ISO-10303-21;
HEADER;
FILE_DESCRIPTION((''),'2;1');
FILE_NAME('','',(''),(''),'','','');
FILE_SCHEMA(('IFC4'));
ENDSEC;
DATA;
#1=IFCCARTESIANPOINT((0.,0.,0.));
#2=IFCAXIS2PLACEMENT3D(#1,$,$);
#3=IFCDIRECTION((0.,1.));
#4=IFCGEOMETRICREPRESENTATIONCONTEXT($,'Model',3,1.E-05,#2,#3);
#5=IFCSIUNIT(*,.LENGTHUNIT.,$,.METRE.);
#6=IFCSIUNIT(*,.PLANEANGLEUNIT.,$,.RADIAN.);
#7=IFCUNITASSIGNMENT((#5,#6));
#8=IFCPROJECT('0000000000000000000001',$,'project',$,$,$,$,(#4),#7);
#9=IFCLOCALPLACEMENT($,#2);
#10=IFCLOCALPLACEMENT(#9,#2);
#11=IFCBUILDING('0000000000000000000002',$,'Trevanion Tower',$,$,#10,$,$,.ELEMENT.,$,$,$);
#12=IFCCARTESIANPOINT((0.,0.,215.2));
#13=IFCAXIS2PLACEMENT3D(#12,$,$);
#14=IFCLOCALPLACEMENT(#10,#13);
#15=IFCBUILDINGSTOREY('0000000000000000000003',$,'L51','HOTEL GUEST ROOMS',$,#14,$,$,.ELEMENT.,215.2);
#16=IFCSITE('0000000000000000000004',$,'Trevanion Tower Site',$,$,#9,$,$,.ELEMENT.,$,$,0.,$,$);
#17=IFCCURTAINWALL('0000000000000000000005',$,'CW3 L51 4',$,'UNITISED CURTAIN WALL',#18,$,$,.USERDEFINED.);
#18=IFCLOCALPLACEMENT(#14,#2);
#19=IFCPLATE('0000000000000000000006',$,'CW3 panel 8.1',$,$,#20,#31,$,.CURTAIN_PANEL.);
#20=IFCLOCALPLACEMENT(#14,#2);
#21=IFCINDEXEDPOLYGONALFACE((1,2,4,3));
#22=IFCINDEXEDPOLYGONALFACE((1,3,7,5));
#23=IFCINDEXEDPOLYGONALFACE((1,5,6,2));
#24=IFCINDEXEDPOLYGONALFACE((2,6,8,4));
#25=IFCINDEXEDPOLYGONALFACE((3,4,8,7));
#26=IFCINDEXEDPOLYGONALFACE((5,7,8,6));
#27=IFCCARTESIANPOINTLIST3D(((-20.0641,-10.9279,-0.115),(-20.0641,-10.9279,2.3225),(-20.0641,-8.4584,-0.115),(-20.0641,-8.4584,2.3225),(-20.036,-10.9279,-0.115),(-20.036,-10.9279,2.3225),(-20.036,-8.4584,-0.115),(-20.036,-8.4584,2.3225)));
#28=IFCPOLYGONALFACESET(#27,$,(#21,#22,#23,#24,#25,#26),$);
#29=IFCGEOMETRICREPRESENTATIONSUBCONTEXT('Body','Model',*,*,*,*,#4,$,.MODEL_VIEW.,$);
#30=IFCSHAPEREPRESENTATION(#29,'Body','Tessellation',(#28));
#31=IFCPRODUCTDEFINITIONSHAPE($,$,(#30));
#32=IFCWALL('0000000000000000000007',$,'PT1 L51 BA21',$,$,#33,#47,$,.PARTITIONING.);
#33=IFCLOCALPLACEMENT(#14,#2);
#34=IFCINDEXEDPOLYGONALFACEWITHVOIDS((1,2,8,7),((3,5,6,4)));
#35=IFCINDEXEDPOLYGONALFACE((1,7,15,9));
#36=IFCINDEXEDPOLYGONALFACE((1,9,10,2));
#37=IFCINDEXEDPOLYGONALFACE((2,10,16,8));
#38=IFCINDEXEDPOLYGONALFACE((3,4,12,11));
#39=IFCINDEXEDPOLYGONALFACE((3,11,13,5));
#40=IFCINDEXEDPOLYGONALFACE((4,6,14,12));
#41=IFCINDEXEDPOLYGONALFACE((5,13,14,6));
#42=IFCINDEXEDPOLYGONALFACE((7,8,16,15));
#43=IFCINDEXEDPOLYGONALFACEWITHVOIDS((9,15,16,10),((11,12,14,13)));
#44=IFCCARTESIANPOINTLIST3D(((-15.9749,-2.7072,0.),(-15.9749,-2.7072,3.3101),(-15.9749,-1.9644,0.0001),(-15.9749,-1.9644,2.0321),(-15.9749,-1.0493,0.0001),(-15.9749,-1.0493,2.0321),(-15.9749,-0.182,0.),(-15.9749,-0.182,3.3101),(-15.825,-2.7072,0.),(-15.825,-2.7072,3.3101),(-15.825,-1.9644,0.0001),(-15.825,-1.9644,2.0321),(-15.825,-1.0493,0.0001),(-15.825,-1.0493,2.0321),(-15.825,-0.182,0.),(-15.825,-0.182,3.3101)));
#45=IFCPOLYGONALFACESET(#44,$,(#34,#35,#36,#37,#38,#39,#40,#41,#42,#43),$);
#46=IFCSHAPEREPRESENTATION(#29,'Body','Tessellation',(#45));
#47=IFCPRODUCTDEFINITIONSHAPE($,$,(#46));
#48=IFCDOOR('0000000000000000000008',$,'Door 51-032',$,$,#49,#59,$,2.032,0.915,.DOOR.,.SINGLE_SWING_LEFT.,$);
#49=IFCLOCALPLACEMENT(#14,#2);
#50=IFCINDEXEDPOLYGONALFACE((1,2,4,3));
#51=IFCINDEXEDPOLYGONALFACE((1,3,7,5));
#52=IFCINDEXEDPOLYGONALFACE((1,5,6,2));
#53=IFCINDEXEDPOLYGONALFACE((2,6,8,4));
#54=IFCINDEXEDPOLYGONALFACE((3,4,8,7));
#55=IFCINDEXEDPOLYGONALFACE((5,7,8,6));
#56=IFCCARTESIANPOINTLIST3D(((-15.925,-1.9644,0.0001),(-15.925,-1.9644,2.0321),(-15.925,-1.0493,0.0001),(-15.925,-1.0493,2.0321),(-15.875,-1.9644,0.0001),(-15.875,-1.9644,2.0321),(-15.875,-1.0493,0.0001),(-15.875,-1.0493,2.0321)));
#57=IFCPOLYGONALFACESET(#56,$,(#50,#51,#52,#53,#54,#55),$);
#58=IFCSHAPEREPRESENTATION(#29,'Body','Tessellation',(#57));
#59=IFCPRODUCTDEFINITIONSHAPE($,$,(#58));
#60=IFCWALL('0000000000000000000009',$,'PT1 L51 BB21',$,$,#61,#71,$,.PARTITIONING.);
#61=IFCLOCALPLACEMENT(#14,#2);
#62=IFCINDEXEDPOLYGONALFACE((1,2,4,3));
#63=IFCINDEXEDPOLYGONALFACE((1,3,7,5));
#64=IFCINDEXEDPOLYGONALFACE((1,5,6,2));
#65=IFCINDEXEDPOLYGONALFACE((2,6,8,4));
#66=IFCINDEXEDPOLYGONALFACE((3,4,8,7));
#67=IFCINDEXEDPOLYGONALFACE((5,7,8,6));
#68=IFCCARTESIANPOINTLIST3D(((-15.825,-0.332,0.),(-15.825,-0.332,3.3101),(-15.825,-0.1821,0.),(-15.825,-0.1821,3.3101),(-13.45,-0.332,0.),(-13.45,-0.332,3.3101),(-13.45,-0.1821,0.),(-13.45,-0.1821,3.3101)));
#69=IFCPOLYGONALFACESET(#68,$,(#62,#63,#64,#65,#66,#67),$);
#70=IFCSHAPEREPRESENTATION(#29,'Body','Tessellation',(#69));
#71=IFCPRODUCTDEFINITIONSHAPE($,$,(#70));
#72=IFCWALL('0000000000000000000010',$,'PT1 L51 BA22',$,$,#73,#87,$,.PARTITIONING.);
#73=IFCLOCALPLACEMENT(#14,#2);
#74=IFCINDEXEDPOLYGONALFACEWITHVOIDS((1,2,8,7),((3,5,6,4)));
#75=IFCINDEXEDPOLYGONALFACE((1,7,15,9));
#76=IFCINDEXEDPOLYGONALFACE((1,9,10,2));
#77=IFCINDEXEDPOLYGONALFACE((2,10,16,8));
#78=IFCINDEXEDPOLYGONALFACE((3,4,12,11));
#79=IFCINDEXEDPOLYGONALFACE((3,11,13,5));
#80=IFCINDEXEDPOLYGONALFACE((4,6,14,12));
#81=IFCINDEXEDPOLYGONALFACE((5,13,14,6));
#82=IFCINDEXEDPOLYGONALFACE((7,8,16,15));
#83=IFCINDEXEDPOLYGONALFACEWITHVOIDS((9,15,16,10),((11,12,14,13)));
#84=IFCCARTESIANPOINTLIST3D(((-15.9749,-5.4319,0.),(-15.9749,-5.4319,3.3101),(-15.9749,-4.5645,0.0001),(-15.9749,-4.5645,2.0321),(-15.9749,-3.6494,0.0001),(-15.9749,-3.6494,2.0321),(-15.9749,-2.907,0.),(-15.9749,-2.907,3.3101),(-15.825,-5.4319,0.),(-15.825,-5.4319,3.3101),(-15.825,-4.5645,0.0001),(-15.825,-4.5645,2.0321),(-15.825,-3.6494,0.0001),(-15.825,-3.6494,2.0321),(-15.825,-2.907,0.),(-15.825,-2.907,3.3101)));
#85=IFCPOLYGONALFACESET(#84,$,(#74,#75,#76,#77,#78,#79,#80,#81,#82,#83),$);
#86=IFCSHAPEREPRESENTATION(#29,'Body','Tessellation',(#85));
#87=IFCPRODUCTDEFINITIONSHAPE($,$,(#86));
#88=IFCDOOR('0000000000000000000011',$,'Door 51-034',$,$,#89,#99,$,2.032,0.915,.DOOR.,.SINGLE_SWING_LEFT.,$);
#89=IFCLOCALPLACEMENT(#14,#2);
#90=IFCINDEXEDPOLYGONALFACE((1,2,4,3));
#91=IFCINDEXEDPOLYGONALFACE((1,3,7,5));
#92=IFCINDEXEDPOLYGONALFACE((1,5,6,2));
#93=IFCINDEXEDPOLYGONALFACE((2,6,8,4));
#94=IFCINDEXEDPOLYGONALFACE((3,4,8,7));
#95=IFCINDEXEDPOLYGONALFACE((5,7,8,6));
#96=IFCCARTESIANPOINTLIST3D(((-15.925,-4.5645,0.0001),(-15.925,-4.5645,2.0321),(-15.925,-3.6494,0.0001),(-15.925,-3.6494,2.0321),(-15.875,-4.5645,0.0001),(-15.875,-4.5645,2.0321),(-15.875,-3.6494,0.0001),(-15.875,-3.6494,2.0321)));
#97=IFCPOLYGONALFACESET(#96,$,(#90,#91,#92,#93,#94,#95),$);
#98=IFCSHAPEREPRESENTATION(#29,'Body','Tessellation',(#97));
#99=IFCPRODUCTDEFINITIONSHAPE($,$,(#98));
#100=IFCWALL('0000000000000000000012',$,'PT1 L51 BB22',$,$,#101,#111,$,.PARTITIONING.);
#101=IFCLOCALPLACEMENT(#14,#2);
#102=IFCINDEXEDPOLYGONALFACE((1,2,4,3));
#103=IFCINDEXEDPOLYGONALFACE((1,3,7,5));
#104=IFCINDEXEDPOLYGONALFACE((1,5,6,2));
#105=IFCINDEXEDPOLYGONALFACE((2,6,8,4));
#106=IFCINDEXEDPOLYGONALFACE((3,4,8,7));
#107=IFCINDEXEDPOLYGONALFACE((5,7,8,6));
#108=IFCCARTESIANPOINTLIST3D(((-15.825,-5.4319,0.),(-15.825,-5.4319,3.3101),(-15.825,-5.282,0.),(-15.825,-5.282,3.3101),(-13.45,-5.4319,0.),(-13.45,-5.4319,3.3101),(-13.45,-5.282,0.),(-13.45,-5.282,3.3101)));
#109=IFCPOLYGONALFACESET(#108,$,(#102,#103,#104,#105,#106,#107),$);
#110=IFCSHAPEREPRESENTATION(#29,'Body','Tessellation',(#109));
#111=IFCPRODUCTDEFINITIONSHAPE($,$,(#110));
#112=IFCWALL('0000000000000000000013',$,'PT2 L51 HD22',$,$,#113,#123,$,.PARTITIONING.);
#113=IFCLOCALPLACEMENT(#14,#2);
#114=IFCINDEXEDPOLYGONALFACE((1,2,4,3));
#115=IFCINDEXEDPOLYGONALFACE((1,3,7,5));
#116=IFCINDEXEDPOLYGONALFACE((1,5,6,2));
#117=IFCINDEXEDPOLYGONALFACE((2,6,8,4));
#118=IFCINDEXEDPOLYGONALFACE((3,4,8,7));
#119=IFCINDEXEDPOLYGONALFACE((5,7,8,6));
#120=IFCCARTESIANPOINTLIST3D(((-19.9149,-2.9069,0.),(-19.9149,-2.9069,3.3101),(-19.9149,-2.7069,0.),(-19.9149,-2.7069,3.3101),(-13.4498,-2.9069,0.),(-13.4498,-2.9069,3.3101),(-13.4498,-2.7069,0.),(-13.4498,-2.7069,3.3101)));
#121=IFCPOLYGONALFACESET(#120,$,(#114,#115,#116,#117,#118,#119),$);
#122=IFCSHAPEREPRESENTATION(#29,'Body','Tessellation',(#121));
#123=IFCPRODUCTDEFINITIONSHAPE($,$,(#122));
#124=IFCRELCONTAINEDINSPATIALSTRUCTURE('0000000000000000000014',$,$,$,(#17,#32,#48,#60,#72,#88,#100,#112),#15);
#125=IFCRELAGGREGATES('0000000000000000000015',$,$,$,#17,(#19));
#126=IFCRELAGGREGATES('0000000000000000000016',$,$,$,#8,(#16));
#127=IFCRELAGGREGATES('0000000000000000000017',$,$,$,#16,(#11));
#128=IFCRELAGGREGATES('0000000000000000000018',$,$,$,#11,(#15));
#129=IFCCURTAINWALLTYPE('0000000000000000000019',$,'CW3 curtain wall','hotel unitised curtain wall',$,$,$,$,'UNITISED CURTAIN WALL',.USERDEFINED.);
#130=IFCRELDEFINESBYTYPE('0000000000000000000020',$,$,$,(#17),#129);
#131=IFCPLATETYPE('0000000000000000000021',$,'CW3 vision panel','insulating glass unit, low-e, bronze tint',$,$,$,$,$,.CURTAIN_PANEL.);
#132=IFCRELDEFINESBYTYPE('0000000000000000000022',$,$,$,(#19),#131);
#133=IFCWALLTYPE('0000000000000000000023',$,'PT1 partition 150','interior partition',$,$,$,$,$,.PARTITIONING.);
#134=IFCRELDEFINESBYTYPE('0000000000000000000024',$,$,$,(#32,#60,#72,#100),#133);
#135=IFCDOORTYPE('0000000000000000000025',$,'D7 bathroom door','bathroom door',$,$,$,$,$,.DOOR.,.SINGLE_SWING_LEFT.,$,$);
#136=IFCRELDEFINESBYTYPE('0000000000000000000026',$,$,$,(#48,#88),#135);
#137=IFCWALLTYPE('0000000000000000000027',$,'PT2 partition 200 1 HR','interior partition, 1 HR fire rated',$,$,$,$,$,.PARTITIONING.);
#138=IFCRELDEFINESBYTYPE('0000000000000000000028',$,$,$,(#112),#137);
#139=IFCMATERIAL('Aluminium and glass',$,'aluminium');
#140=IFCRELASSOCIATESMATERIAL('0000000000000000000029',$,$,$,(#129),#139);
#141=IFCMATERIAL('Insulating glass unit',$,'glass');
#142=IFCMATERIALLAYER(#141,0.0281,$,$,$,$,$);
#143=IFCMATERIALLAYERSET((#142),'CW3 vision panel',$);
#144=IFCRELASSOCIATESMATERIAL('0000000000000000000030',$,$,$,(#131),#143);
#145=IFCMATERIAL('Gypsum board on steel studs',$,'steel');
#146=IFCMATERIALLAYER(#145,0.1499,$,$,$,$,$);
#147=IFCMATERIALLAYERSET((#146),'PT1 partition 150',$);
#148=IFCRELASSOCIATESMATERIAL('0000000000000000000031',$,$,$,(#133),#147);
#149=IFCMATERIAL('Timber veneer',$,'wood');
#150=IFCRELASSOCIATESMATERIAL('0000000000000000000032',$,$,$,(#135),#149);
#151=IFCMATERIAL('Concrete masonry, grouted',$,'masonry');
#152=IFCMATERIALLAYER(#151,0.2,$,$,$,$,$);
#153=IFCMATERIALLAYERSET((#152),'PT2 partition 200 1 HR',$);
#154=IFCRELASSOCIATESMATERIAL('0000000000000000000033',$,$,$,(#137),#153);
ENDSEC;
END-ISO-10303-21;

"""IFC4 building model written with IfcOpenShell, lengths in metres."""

from ifc_helpers import new_model, si_unit, direction, frame, frame_2d, origin, origin_2d, place, context, subcontext, project, spatial, rectangle, extrude, material, layer, layer_set, type_object, element, fill, aggregate, save


model = new_model("IFC4")

# Units and contexts
model_context = context("Model", 3, precision=1e-05, world=origin(), true_north=direction((0.0, 1.0)))
body_context = subcontext(model_context, "Body", "Model", "MODEL_VIEW")
ifc_project = project(units=[si_unit("LENGTHUNIT", "METRE"), si_unit("PLANEANGLEUNIT", "RADIAN")], contexts=[model_context])

# Site, building, storey
site_placement = place(None, origin())
site = spatial("IfcSite", under=ifc_project, at=site_placement, Name="Trevanion Tower Site", CompositionType="ELEMENT", RefElevation=0.0)
building_placement = place(site_placement, origin())
building = spatial("IfcBuilding", under=site, at=building_placement, Name="Trevanion Tower", CompositionType="ELEMENT")
storey_placement = place(building_placement, frame((0.0, 0.0, 215.2)))
storey = spatial("IfcBuildingStorey", under=building, at=storey_placement, Name="L51", Description="HOTEL GUEST ROOMS", CompositionType="ELEMENT", Elevation=215.2)

# Curtain wall
ifc_material_1 = material(Name="Aluminium and glass", Category="aluminium")
curtain_wall_type = type_object("IfcCurtainWallType", Name="CW3 curtain wall", Description="hotel unitised curtain wall", ElementType="UNITISED CURTAIN WALL", PredefinedType="USERDEFINED", material=ifc_material_1)
curtain_wall_placement = place(storey_placement, origin())
curtain_wall = element("IfcCurtainWall", 1, at=curtain_wall_placement, inside=storey, type_object=curtain_wall_type, Name="CW3 L51 4", ObjectType="UNITISED CURTAIN WALL", PredefinedType="USERDEFINED")

# Plate
ifc_material_2 = material(Name="Insulating glass unit", Category="glass")
ifc_layer_1 = layer(ifc_material_2, 0.0281)
ifc_layer_set_1 = layer_set([ifc_layer_1], Name="CW3 vision panel")
plate_type_1 = type_object("IfcPlateType", Name="CW3 vision panel", Description="insulating glass unit, low-e, bronze tint", PredefinedType="CURTAIN_PANEL", material=ifc_layer_set_1)
plate_1_placement = place(storey_placement, frame((-20.05, -9.6931, -0.115), z_axis=(0.0, 0.0, 1.0), x_axis=(0.0, -1.0, 0.0)))
plate_1 = element("IfcPlate", 2, at=plate_1_placement, type_object=plate_type_1, Name="CW3 panel 8.1", PredefinedType="CURTAIN_PANEL", context=body_context, shape_type="SweptSolid", body=[
    extrude(rectangle(XDim=2.4695, YDim=0.0281, at=origin_2d()), origin(), (0.0, 0.0, 1.0), 2.4375),
])
aggregate(curtain_wall, [plate_1])

# Wall, opening, door
ifc_material_3 = material(Name="Gypsum board on steel studs", Category="steel")
ifc_layer_2 = layer(ifc_material_3, 0.1499)
ifc_layer_set_2 = layer_set([ifc_layer_2], Name="PT1 partition 150")
wall_type_1 = type_object("IfcWallType", Name="PT1 partition 150", Description="interior partition", PredefinedType="PARTITIONING", material=ifc_layer_set_2)
wall_1_placement = place(storey_placement, frame((-15.8999, -0.1819, 0.0), z_axis=(0.0, 0.0, 1.0), x_axis=(0.0, -1.0, 0.0)))
wall_1 = element("IfcWall", 3, at=wall_1_placement, inside=storey, type_object=wall_type_1, Name="PT1 L51 BA21", PredefinedType="PARTITIONING", context=body_context, shape_type="SweptSolid", body=[
    extrude(rectangle(XDim=2.5251, YDim=0.1499, at=frame_2d((1.2627, 0.0))), origin(), (0.0, 0.0, 1.0), 3.3101),
])
opening_1_placement = place(wall_1_placement, frame((0.8674, 0.0, 0.0)))
opening_1 = element("IfcOpeningElement", 4, at=opening_1_placement, cuts=wall_1, PredefinedType="OPENING", context=body_context, shape_type="SweptSolid", body=[
    extrude(rectangle(XDim=0.915, YDim=2.032, at=frame_2d((0.4575, 1.0161))), frame((0.0, 0.085, 0.0), z_axis=(0.0, -1.0, 0.0), x_axis=(1.0, 0.0, 0.0)), (0.0, 0.0, 1.0), 0.1699),
])
ifc_material_4 = material(Name="Timber veneer", Category="wood")
door_type = type_object("IfcDoorType", Name="D7 bathroom door", Description="bathroom door", OperationType="SINGLE_SWING_LEFT", PredefinedType="DOOR", material=ifc_material_4)
door_1_placement = place(opening_1_placement, origin())
door_1 = element("IfcDoor", 5, at=door_1_placement, inside=storey, type_object=door_type, Name="Door 51-032", OperationType="SINGLE_SWING_LEFT", OverallHeight=2.032, OverallWidth=0.915, PredefinedType="DOOR", context=body_context, shape_type="SweptSolid", body=[
    extrude(rectangle(XDim=0.915, YDim=2.032, at=frame_2d((0.4575, 1.0161))), frame((0.0, 0.0249, 0.0), z_axis=(0.0, -1.0, 0.0), x_axis=(1.0, 0.0, 0.0)), (0.0, 0.0, 1.0), 0.05),
])
fill(opening_1, door_1)

# Wall
wall_2_placement = place(storey_placement, frame((-13.45, -0.2571, 0.0), z_axis=(0.0, 0.0, 1.0), x_axis=(-1.0, 0.0, 0.0)))
element("IfcWall", 6, at=wall_2_placement, inside=storey, type_object=wall_type_1, Name="PT1 L51 BB21", PredefinedType="PARTITIONING", context=body_context, shape_type="SweptSolid", body=[
    extrude(rectangle(XDim=2.375, YDim=0.1499, at=frame_2d((1.1875, 0.0))), origin(), (0.0, 0.0, 1.0), 3.3101),
])

# Wall, opening, door
wall_3_placement = place(storey_placement, frame((-15.8999, -2.907, 0.0), z_axis=(0.0, 0.0, 1.0), x_axis=(0.0, -1.0, 0.0)))
wall_3 = element("IfcWall", 7, at=wall_3_placement, inside=storey, type_object=wall_type_1, Name="PT1 L51 BA22", PredefinedType="PARTITIONING", context=body_context, shape_type="SweptSolid", body=[
    extrude(rectangle(XDim=2.5249, YDim=0.1499, at=frame_2d((1.2625, 0.0))), origin(), (0.0, 0.0, 1.0), 3.3101),
])
opening_2_placement = place(wall_3_placement, frame((0.7424, 0.0, 0.0)))
opening_2 = element("IfcOpeningElement", 8, at=opening_2_placement, cuts=wall_3, PredefinedType="OPENING", context=body_context, shape_type="SweptSolid", body=[
    extrude(rectangle(XDim=0.915, YDim=2.032, at=frame_2d((0.4575, 1.0161))), frame((0.0, 0.085, 0.0), z_axis=(0.0, -1.0, 0.0), x_axis=(1.0, 0.0, 0.0)), (0.0, 0.0, 1.0), 0.1699),
])
door_2_placement = place(opening_2_placement, origin())
door_2 = element("IfcDoor", 9, at=door_2_placement, inside=storey, type_object=door_type, Name="Door 51-034", OperationType="SINGLE_SWING_LEFT", OverallHeight=2.032, OverallWidth=0.915, PredefinedType="DOOR", context=body_context, shape_type="SweptSolid", body=[
    extrude(rectangle(XDim=0.915, YDim=2.032, at=frame_2d((0.4575, 1.0161))), frame((0.0, 0.0249, 0.0), z_axis=(0.0, -1.0, 0.0), x_axis=(1.0, 0.0, 0.0)), (0.0, 0.0, 1.0), 0.05),
])
fill(opening_2, door_2)

# Walls
wall_4_placement = place(storey_placement, frame((-13.45, -5.3569, 0.0), z_axis=(0.0, 0.0, 1.0), x_axis=(-1.0, 0.0, 0.0)))
element("IfcWall", 10, at=wall_4_placement, inside=storey, type_object=wall_type_1, Name="PT1 L51 BB22", PredefinedType="PARTITIONING", context=body_context, shape_type="SweptSolid", body=[
    extrude(rectangle(XDim=2.375, YDim=0.1499, at=frame_2d((1.1875, 0.0))), origin(), (0.0, 0.0, 1.0), 3.3101),
])
ifc_material_5 = material(Name="Concrete masonry, grouted", Category="masonry")
ifc_layer_3 = layer(ifc_material_5, 0.2)
ifc_layer_set_3 = layer_set([ifc_layer_3], Name="PT2 partition 200 1 HR")
wall_type_2 = type_object("IfcWallType", Name="PT2 partition 200 1 HR", Description="interior partition, 1 HR fire rated", PredefinedType="PARTITIONING", material=ifc_layer_set_3)
wall_5_placement = place(storey_placement, frame((-13.45, -2.8069, 0.0), z_axis=(0.0, 0.0, 1.0), x_axis=(-1.0, 0.0, 0.0)))
element("IfcWall", 11, at=wall_5_placement, inside=storey, type_object=wall_type_2, Name="PT2 L51 HD22", PredefinedType="PARTITIONING", context=body_context, shape_type="SweptSolid", body=[
    extrude(rectangle(XDim=6.4651, YDim=0.2, at=frame_2d((3.2324, 0.0))), origin(), (0.0, 0.0, 1.0), 3.3101),
])

save(model, "model.ifc")
